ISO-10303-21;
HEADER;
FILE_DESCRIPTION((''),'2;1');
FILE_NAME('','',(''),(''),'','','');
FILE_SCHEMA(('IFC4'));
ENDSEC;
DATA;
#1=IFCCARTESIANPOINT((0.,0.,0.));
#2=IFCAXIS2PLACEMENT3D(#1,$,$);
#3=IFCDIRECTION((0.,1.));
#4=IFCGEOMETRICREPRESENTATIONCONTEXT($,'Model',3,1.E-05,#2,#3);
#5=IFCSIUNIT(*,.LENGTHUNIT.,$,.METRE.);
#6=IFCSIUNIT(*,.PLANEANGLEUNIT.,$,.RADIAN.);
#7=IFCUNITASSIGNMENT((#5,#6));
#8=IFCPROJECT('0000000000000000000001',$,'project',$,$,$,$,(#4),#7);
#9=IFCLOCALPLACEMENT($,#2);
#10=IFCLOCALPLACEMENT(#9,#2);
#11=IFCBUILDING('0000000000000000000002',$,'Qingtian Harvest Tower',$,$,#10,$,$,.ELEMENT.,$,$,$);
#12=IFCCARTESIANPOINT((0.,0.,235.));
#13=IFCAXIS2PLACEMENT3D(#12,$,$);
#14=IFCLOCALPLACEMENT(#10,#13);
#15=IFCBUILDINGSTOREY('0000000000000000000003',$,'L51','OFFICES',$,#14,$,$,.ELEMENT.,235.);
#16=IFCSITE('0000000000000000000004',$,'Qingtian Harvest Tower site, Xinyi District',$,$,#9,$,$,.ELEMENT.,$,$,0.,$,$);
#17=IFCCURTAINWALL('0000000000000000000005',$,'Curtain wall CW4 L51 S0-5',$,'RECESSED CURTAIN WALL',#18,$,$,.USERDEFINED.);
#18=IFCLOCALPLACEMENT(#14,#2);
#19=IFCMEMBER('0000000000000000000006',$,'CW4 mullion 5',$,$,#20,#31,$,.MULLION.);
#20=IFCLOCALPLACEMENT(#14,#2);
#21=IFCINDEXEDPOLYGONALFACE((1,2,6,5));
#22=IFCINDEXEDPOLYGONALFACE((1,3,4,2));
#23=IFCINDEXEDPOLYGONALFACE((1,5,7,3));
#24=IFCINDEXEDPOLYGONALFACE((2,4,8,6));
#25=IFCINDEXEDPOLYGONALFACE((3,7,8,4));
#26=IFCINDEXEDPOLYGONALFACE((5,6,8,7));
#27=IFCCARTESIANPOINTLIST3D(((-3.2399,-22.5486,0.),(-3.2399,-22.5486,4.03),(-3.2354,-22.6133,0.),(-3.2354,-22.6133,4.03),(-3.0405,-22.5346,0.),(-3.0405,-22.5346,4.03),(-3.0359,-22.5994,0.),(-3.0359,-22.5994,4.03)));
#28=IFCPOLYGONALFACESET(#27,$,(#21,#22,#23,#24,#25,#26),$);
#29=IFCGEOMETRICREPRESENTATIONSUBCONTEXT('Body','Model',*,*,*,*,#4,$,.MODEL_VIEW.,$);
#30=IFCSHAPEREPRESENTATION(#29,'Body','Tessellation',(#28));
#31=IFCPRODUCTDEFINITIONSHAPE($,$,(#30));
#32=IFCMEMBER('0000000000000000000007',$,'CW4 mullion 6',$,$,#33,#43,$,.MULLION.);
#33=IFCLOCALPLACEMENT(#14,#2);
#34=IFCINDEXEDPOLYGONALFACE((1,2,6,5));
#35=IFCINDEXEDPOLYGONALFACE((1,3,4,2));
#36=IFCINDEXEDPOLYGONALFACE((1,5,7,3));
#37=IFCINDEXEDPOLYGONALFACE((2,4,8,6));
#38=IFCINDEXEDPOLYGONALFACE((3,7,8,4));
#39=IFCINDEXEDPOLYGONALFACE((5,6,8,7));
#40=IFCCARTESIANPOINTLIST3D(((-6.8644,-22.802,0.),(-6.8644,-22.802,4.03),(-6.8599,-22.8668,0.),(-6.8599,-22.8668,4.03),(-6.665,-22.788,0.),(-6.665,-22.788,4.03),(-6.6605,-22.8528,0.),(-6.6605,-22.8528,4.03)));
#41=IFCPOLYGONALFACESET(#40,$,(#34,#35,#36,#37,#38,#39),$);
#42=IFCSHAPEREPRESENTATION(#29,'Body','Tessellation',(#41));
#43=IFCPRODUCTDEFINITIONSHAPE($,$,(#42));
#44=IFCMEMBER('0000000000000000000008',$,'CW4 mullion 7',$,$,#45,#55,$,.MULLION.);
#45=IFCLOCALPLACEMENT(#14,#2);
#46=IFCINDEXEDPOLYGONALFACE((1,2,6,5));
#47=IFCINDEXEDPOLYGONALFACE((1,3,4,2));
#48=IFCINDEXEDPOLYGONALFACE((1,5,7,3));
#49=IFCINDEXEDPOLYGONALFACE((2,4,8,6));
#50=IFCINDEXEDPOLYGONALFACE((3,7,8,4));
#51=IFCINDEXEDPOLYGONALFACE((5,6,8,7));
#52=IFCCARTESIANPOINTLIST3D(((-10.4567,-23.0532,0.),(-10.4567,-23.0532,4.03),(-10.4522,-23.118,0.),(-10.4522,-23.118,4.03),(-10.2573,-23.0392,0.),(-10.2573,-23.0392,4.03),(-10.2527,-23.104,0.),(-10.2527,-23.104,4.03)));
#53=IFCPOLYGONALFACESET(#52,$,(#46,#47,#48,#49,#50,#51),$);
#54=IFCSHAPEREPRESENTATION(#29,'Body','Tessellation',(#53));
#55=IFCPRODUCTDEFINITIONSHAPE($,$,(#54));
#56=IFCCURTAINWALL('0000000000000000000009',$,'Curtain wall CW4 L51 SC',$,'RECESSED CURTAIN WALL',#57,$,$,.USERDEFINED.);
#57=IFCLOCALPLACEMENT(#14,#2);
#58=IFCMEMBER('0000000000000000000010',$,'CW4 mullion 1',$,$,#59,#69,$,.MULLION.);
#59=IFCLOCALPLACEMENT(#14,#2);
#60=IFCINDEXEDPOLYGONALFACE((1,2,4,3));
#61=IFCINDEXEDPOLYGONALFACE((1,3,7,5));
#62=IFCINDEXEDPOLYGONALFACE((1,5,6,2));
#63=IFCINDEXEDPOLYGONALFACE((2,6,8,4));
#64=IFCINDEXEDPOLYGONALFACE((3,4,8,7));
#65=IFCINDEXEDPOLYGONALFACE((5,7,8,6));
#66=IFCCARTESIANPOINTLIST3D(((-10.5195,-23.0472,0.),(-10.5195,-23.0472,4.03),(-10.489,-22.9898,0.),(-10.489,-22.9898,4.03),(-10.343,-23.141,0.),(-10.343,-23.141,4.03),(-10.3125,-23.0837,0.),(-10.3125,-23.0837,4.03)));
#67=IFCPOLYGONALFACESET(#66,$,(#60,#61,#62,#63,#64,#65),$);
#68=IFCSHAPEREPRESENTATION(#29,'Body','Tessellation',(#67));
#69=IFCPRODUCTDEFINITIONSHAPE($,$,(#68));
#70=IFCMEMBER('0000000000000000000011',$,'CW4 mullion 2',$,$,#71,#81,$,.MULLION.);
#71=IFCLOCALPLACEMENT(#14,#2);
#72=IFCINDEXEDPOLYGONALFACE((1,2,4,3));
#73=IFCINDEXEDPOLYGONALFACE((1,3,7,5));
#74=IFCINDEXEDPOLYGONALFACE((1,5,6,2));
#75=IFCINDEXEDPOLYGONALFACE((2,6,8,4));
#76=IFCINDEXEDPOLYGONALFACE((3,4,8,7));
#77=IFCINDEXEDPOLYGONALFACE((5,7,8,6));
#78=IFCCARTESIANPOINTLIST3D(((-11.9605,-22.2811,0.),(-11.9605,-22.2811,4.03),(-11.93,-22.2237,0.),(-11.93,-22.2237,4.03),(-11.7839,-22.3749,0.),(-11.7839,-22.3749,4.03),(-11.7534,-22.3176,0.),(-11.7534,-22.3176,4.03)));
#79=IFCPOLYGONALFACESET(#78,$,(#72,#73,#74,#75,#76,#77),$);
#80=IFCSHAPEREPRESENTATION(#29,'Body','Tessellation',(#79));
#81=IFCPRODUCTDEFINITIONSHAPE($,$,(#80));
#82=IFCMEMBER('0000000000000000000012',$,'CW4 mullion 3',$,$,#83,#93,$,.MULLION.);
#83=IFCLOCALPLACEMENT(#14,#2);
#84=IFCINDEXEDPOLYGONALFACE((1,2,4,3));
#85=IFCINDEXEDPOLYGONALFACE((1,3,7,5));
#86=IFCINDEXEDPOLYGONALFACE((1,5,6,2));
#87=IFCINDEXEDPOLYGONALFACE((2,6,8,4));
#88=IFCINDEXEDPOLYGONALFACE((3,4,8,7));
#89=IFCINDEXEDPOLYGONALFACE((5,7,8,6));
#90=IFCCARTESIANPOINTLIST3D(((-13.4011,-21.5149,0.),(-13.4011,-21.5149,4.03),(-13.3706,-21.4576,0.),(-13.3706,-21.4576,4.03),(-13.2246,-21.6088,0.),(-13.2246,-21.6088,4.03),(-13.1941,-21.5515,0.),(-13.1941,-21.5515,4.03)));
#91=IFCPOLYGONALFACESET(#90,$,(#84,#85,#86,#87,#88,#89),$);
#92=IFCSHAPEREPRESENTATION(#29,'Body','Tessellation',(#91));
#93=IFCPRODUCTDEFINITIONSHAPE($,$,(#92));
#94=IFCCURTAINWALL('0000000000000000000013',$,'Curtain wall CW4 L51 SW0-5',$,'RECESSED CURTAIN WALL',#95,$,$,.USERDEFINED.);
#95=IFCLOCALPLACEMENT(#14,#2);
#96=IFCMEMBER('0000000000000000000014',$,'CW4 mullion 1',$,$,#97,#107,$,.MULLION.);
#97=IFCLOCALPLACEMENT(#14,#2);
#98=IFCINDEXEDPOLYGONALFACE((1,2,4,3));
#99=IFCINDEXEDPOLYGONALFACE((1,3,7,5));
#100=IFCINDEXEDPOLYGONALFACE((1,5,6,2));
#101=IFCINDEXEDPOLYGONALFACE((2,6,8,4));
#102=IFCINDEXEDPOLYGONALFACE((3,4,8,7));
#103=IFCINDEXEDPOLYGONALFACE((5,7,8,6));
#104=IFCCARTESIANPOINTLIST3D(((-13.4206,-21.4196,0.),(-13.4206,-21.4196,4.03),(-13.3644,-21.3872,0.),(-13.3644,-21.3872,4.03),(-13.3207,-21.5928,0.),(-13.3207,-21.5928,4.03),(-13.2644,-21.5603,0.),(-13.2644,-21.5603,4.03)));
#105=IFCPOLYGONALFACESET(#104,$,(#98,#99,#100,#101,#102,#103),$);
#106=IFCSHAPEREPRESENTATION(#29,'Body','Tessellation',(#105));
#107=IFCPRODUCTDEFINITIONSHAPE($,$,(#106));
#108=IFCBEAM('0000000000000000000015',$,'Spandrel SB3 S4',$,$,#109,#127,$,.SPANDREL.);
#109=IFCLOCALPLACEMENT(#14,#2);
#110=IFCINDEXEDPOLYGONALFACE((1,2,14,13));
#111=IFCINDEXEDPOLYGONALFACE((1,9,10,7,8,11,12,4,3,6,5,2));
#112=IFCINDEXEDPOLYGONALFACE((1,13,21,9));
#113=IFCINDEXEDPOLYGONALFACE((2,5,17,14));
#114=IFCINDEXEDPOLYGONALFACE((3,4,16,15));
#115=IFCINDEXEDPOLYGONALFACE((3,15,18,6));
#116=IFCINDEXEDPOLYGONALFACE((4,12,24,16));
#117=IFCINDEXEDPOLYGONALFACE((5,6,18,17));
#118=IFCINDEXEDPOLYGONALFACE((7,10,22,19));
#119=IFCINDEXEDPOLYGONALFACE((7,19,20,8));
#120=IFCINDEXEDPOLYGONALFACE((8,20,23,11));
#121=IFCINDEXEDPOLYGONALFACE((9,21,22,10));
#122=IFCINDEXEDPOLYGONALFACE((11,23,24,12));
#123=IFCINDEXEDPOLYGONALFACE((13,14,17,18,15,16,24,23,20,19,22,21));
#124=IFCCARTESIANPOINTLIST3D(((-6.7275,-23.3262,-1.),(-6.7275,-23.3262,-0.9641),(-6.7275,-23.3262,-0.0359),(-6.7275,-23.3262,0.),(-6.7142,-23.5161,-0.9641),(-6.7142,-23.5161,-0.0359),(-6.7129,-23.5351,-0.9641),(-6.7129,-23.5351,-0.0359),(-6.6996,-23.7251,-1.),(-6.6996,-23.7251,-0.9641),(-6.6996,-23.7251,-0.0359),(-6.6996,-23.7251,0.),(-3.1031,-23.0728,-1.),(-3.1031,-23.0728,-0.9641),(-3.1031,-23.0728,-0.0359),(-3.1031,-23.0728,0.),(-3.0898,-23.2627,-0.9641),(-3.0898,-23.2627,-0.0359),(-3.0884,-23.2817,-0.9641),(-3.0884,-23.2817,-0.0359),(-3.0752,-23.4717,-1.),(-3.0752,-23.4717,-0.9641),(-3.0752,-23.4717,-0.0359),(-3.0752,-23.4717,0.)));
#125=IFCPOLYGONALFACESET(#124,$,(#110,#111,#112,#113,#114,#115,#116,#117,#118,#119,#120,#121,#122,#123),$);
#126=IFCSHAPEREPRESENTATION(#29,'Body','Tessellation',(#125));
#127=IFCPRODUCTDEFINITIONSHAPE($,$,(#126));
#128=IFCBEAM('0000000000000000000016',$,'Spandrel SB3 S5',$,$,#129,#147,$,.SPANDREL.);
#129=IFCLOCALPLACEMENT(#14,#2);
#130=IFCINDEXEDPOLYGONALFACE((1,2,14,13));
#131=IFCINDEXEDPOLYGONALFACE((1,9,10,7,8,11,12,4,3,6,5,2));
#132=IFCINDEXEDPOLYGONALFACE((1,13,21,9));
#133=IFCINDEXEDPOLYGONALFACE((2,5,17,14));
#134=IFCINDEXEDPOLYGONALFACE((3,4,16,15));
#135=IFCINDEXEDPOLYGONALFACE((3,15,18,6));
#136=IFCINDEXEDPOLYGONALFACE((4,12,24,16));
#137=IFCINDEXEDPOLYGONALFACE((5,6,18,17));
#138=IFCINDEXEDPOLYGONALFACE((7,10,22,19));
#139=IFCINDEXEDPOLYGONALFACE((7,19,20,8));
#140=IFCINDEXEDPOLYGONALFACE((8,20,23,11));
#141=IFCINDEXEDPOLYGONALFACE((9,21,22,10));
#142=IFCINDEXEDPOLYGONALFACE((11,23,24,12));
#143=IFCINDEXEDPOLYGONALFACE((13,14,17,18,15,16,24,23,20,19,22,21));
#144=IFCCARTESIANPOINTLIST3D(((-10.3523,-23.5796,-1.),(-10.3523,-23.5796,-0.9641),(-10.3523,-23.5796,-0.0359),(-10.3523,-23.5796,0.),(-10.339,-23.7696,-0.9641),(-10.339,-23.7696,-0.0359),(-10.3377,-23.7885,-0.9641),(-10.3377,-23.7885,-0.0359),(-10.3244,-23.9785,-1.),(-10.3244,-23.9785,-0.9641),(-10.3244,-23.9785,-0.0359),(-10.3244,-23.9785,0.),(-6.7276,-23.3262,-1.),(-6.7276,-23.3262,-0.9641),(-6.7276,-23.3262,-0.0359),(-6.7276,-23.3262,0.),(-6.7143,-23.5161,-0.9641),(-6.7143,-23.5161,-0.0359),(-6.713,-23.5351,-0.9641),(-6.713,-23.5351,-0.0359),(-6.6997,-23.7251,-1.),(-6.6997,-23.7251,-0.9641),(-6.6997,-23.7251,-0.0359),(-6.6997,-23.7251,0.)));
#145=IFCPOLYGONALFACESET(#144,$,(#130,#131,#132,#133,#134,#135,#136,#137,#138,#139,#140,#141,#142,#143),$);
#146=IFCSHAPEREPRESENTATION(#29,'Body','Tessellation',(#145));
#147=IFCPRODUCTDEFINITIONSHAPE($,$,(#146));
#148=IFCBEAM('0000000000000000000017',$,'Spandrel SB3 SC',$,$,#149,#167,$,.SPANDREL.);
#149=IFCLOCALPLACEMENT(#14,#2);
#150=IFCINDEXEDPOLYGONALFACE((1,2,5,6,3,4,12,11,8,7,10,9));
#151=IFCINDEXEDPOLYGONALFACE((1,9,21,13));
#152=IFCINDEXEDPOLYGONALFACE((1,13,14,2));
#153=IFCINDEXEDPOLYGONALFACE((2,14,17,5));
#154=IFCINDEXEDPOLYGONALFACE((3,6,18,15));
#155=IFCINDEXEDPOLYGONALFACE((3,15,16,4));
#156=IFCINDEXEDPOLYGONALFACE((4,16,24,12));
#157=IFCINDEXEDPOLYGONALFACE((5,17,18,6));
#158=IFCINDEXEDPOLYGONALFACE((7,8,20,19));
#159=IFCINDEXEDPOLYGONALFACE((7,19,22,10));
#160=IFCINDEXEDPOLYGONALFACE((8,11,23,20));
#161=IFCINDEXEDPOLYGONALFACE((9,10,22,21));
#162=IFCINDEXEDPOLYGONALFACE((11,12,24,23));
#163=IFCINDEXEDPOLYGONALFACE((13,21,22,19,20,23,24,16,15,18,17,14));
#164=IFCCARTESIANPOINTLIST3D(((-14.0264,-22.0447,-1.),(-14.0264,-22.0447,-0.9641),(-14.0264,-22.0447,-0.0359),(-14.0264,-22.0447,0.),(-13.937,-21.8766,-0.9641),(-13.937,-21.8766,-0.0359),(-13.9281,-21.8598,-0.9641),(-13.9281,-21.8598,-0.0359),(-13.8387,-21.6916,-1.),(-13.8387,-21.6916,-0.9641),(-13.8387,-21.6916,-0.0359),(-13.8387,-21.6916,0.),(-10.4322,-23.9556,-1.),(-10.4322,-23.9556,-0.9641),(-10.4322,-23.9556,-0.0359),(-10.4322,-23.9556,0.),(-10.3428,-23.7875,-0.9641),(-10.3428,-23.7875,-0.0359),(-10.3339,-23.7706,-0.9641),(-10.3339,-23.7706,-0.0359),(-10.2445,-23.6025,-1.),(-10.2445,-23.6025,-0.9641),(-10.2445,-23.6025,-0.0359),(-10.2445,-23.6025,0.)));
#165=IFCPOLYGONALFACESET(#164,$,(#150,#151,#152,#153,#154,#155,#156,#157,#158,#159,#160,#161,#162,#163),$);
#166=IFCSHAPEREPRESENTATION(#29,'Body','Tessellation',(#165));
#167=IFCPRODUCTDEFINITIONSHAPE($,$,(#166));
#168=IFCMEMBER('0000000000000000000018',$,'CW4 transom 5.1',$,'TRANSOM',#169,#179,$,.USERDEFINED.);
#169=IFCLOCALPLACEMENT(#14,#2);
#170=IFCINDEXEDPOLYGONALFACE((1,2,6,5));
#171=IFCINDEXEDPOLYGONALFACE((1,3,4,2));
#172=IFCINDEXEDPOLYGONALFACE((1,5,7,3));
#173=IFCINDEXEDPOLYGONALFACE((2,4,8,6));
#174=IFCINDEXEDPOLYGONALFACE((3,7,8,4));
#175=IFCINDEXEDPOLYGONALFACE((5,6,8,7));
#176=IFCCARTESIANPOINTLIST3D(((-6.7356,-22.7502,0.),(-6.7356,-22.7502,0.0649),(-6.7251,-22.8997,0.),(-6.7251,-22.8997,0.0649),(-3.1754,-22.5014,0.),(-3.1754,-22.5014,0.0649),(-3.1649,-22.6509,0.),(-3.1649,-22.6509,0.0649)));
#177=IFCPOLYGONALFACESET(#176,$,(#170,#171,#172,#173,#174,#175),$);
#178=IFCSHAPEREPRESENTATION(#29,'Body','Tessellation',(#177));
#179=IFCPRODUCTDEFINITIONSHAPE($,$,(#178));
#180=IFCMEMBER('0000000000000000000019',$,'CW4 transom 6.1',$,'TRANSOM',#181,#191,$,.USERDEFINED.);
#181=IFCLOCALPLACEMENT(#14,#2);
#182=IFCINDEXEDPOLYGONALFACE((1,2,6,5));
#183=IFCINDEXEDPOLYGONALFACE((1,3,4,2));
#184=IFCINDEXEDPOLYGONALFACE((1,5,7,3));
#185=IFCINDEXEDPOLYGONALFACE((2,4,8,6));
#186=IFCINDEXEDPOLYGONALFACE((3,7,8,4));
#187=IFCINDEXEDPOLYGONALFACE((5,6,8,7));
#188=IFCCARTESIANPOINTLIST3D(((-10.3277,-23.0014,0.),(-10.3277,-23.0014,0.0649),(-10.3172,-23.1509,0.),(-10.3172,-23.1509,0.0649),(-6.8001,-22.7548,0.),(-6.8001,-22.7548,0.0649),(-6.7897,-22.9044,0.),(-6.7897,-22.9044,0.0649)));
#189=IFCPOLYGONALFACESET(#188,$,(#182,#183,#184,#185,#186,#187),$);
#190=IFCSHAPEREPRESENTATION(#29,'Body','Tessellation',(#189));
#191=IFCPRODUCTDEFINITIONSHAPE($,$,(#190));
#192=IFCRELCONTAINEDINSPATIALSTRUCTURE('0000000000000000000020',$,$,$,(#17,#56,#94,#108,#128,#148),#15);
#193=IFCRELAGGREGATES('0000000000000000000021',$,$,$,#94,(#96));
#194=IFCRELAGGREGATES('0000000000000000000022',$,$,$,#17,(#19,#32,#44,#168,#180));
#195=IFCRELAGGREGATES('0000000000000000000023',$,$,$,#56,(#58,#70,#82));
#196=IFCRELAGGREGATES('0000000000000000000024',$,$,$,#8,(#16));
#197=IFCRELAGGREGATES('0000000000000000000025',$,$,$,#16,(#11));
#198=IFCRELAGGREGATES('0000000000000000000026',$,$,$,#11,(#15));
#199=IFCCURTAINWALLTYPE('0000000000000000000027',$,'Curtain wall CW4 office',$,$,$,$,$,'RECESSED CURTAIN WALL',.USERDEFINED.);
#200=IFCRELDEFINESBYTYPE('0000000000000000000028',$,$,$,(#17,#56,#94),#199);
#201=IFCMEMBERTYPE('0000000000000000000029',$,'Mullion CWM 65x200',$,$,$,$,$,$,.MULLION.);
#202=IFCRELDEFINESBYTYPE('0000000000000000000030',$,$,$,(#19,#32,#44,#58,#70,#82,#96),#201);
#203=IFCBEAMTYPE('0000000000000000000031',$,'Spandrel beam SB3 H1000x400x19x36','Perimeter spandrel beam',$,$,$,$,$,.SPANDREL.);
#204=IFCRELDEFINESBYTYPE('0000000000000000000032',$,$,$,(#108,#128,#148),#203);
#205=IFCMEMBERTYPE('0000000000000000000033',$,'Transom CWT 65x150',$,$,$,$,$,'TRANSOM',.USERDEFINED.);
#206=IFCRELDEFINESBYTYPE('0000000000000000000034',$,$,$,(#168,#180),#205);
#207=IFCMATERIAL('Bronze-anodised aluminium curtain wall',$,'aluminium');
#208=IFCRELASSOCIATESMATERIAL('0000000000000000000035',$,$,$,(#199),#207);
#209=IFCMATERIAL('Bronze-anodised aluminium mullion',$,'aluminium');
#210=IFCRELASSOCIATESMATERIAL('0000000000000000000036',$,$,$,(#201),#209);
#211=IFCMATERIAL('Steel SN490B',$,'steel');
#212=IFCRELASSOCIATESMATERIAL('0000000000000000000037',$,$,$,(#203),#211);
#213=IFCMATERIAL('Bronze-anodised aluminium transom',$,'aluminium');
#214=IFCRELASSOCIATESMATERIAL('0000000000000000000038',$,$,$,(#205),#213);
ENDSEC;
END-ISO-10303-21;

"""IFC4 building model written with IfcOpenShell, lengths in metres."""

from ifc_helpers import new_model, si_unit, direction, frame, origin, origin_2d, place, context, subcontext, project, spatial, rectangle, i_section, extrude, material, material_profile, profile_set, type_object, element, aggregate, save


model = new_model("IFC4")

# Units and contexts
model_context = context("Model", 3, precision=1e-05, world=origin(), true_north=direction((0.0, 1.0)))
body_context = subcontext(model_context, "Body", "Model", "MODEL_VIEW")
ifc_project = project(units=[si_unit("LENGTHUNIT", "METRE"), si_unit("PLANEANGLEUNIT", "RADIAN")], contexts=[model_context])

# Site, building, storey
site_placement = place(None, origin())
site = spatial("IfcSite", under=ifc_project, at=site_placement, Name="Qingtian Harvest Tower site, Xinyi District", CompositionType="ELEMENT", RefElevation=0.0)
building_placement = place(site_placement, origin())
building = spatial("IfcBuilding", under=site, at=building_placement, Name="Qingtian Harvest Tower", CompositionType="ELEMENT")
storey_placement = place(building_placement, frame((0.0, 0.0, 235.0)))
storey = spatial("IfcBuildingStorey", under=building, at=storey_placement, Name="L51", Description="OFFICES", CompositionType="ELEMENT", Elevation=235.0)

# Curtain walls, members
ifc_material_1 = material(Name="Bronze-anodised aluminium curtain wall", Category="aluminium")
curtain_wall_type = type_object("IfcCurtainWallType", Name="Curtain wall CW4 office", ElementType="RECESSED CURTAIN WALL", PredefinedType="USERDEFINED", material=ifc_material_1)
curtain_wall_1_placement = place(storey_placement, origin())
curtain_wall_1 = element("IfcCurtainWall", 1, at=curtain_wall_1_placement, inside=storey, type_object=curtain_wall_type, Name="Curtain wall CW4 L51 S0-5", ObjectType="RECESSED CURTAIN WALL", PredefinedType="USERDEFINED")
ifc_material_2 = material(Name="Bronze-anodised aluminium mullion", Category="aluminium")
ifc_material_profile_1 = material_profile(ifc_material_2, rectangle(XDim=0.0649, YDim=0.2, at=origin_2d()), Name="AL 65x200")
ifc_profile_set_1 = profile_set([ifc_material_profile_1], Name="Bronze-anodised aluminium mullion")
member_type_1 = type_object("IfcMemberType", Name="Mullion CWM 65x200", PredefinedType="MULLION", material=ifc_profile_set_1)
member_1_placement = place(storey_placement, frame((-3.1379, -22.574, 0.0), z_axis=(0.0, 0.0, 1.0), x_axis=(0.069756, -0.997564, 0.0)))
member_1 = element("IfcMember", 2, at=member_1_placement, type_object=member_type_1, Name="CW4 mullion 5", PredefinedType="MULLION", context=body_context, shape_type="SweptSolid", body=[
    extrude(rectangle(XDim=0.0649, YDim=0.2, at=origin_2d()), origin(), (0.0, 0.0, 1.0), 4.03),
])
member_2_placement = place(storey_placement, frame((-6.7625, -22.8274, 0.0), z_axis=(0.0, 0.0, 1.0), x_axis=(0.069756, -0.997564, 0.0)))
member_2 = element("IfcMember", 3, at=member_2_placement, type_object=member_type_1, Name="CW4 mullion 6", PredefinedType="MULLION", context=body_context, shape_type="SweptSolid", body=[
    extrude(rectangle(XDim=0.0649, YDim=0.2, at=origin_2d()), origin(), (0.0, 0.0, 1.0), 4.03),
])
member_3_placement = place(storey_placement, frame((-10.3547, -23.0786, 0.0), z_axis=(0.0, 0.0, 1.0), x_axis=(0.069756, -0.997564, 0.0)))
member_3 = element("IfcMember", 4, at=member_3_placement, type_object=member_type_1, Name="CW4 mullion 7", PredefinedType="MULLION", context=body_context, shape_type="SweptSolid", body=[
    extrude(rectangle(XDim=0.0649, YDim=0.2, at=origin_2d()), origin(), (0.0, 0.0, 1.0), 4.03),
])
curtain_wall_2_placement = place(storey_placement, origin())
curtain_wall_2 = element("IfcCurtainWall", 5, at=curtain_wall_2_placement, inside=storey, type_object=curtain_wall_type, Name="Curtain wall CW4 L51 SC", ObjectType="RECESSED CURTAIN WALL", PredefinedType="USERDEFINED")
member_4_placement = place(storey_placement, frame((-10.416, -23.0654, 0.0), z_axis=(0.0, 0.0, 1.0), x_axis=(-0.469472, -0.882948, 0.0)))
member_4 = element("IfcMember", 6, at=member_4_placement, type_object=member_type_1, Name="CW4 mullion 1", PredefinedType="MULLION", context=body_context, shape_type="SweptSolid", body=[
    extrude(rectangle(XDim=0.0649, YDim=0.2, at=origin_2d()), origin(), (0.0, 0.0, 1.0), 4.03),
])
member_5_placement = place(storey_placement, frame((-11.8569, -22.2993, 0.0), z_axis=(0.0, 0.0, 1.0), x_axis=(-0.469472, -0.882948, 0.0)))
member_5 = element("IfcMember", 7, at=member_5_placement, type_object=member_type_1, Name="CW4 mullion 2", PredefinedType="MULLION", context=body_context, shape_type="SweptSolid", body=[
    extrude(rectangle(XDim=0.0649, YDim=0.2, at=origin_2d()), origin(), (0.0, 0.0, 1.0), 4.03),
])
member_6_placement = place(storey_placement, frame((-13.2976, -21.5332, 0.0), z_axis=(0.0, 0.0, 1.0), x_axis=(-0.469472, -0.882948, 0.0)))
member_6 = element("IfcMember", 8, at=member_6_placement, type_object=member_type_1, Name="CW4 mullion 3", PredefinedType="MULLION", context=body_context, shape_type="SweptSolid", body=[
    extrude(rectangle(XDim=0.0649, YDim=0.2, at=origin_2d()), origin(), (0.0, 0.0, 1.0), 4.03),
])

# Curtain wall, member
curtain_wall_3_placement = place(storey_placement, origin())
curtain_wall_3 = element("IfcCurtainWall", 9, at=curtain_wall_3_placement, inside=storey, type_object=curtain_wall_type, Name="Curtain wall CW4 L51 SW0-5", ObjectType="RECESSED CURTAIN WALL", PredefinedType="USERDEFINED")
member_7_placement = place(storey_placement, frame((-13.3425, -21.49, 0.0), z_axis=(0.0, 0.0, 1.0), x_axis=(-0.866025, -0.5, 0.0)))
member_7 = element("IfcMember", 10, at=member_7_placement, type_object=member_type_1, Name="CW4 mullion 1", PredefinedType="MULLION", context=body_context, shape_type="SweptSolid", body=[
    extrude(rectangle(XDim=0.0649, YDim=0.2, at=origin_2d()), origin(), (0.0, 0.0, 1.0), 4.03),
])

# Beams
ifc_material_3 = material(Name="Steel SN490B", Category="steel")
ifc_material_profile_2 = material_profile(ifc_material_3, i_section(OverallWidth=0.3999, OverallDepth=1.0, WebThickness=0.019, FlangeThickness=0.0359, at=origin_2d()), Name="H1000x400x19x36")
ifc_profile_set_2 = profile_set([ifc_material_profile_2], Name="Steel SN490B")
beam_type_1 = type_object("IfcBeamType", Name="Spandrel beam SB3 H1000x400x19x36", Description="Perimeter spandrel beam", PredefinedType="SPANDREL", material=ifc_profile_set_2)
beam_1_placement = place(storey_placement, frame((-3.0891, -23.2722, -0.5), z_axis=(-0.997565, -0.069748, 0.0), x_axis=(0.069748, -0.997565, 0.0)))
element("IfcBeam", 11, at=beam_1_placement, inside=storey, type_object=beam_type_1, Name="Spandrel SB3 S4", PredefinedType="SPANDREL", context=body_context, shape_type="SweptSolid", body=[
    extrude(i_section(OverallWidth=0.3999, OverallDepth=1.0, WebThickness=0.019, FlangeThickness=0.0359, at=origin_2d()), origin(), (0.0, 0.0, 1.0), 3.6333),
])
beam_2_placement = place(storey_placement, frame((-6.7136, -23.5256, -0.5), z_axis=(-0.997565, -0.069743, 0.0), x_axis=(0.069743, -0.997565, 0.0)))
element("IfcBeam", 12, at=beam_2_placement, inside=storey, type_object=beam_type_1, Name="Spandrel SB3 S5", PredefinedType="SPANDREL", context=body_context, shape_type="SweptSolid", body=[
    extrude(i_section(OverallWidth=0.3999, OverallDepth=1.0, WebThickness=0.019, FlangeThickness=0.0359, at=origin_2d()), origin(), (0.0, 0.0, 1.0), 3.6335),
])
beam_3_placement = place(storey_placement, frame((-10.3384, -23.7791, -0.5), z_axis=(-0.882968, 0.469433, 0.0), x_axis=(-0.469433, -0.882968, 0.0)))
element("IfcBeam", 13, at=beam_3_placement, inside=storey, type_object=beam_type_1, Name="Spandrel SB3 SC", PredefinedType="SPANDREL", context=body_context, shape_type="SweptSolid", body=[
    extrude(i_section(OverallWidth=0.3999, OverallDepth=1.0, WebThickness=0.019, FlangeThickness=0.0359, at=origin_2d()), origin(), (0.0, 0.0, 1.0), 4.0706),
])

# Members
ifc_material_4 = material(Name="Bronze-anodised aluminium transom", Category="aluminium")
ifc_material_profile_3 = material_profile(ifc_material_4, rectangle(XDim=0.1499, YDim=0.0649, at=origin_2d()), Name="AL 65x150")
ifc_profile_set_3 = profile_set([ifc_material_profile_3], Name="Bronze-anodised aluminium transom")
member_type_2 = type_object("IfcMemberType", Name="Transom CWT 65x150", ElementType="TRANSOM", PredefinedType="USERDEFINED", material=ifc_profile_set_3)
member_8_placement = place(storey_placement, frame((-3.1702, -22.5762, 0.0325), z_axis=(-0.997567, -0.069711, 0.0), x_axis=(0.069711, -0.997567, 0.0)))
member_8 = element("IfcMember", 14, at=member_8_placement, type_object=member_type_2, Name="CW4 transom 5.1", ObjectType="TRANSOM", PredefinedType="USERDEFINED", context=body_context, shape_type="SweptSolid", body=[
    extrude(rectangle(XDim=0.1499, YDim=0.0649, at=origin_2d()), origin(), (0.0, 0.0, 1.0), 3.5688),
])
member_9_placement = place(storey_placement, frame((-6.7949, -22.8296, 0.0325), z_axis=(-0.997566, -0.069731, 0.0), x_axis=(0.069731, -0.997566, 0.0)))
member_9 = element("IfcMember", 15, at=member_9_placement, type_object=member_type_2, Name="CW4 transom 6.1", ObjectType="TRANSOM", PredefinedType="USERDEFINED", context=body_context, shape_type="SweptSolid", body=[
    extrude(rectangle(XDim=0.1499, YDim=0.0649, at=origin_2d()), origin(), (0.0, 0.0, 1.0), 3.5361),
])
aggregate(curtain_wall_3, [member_7])

aggregate(curtain_wall_1, [member_1, member_2, member_3, member_8, member_9])
aggregate(curtain_wall_2, [member_4, member_5, member_6])

save(model, "model.ifc")
